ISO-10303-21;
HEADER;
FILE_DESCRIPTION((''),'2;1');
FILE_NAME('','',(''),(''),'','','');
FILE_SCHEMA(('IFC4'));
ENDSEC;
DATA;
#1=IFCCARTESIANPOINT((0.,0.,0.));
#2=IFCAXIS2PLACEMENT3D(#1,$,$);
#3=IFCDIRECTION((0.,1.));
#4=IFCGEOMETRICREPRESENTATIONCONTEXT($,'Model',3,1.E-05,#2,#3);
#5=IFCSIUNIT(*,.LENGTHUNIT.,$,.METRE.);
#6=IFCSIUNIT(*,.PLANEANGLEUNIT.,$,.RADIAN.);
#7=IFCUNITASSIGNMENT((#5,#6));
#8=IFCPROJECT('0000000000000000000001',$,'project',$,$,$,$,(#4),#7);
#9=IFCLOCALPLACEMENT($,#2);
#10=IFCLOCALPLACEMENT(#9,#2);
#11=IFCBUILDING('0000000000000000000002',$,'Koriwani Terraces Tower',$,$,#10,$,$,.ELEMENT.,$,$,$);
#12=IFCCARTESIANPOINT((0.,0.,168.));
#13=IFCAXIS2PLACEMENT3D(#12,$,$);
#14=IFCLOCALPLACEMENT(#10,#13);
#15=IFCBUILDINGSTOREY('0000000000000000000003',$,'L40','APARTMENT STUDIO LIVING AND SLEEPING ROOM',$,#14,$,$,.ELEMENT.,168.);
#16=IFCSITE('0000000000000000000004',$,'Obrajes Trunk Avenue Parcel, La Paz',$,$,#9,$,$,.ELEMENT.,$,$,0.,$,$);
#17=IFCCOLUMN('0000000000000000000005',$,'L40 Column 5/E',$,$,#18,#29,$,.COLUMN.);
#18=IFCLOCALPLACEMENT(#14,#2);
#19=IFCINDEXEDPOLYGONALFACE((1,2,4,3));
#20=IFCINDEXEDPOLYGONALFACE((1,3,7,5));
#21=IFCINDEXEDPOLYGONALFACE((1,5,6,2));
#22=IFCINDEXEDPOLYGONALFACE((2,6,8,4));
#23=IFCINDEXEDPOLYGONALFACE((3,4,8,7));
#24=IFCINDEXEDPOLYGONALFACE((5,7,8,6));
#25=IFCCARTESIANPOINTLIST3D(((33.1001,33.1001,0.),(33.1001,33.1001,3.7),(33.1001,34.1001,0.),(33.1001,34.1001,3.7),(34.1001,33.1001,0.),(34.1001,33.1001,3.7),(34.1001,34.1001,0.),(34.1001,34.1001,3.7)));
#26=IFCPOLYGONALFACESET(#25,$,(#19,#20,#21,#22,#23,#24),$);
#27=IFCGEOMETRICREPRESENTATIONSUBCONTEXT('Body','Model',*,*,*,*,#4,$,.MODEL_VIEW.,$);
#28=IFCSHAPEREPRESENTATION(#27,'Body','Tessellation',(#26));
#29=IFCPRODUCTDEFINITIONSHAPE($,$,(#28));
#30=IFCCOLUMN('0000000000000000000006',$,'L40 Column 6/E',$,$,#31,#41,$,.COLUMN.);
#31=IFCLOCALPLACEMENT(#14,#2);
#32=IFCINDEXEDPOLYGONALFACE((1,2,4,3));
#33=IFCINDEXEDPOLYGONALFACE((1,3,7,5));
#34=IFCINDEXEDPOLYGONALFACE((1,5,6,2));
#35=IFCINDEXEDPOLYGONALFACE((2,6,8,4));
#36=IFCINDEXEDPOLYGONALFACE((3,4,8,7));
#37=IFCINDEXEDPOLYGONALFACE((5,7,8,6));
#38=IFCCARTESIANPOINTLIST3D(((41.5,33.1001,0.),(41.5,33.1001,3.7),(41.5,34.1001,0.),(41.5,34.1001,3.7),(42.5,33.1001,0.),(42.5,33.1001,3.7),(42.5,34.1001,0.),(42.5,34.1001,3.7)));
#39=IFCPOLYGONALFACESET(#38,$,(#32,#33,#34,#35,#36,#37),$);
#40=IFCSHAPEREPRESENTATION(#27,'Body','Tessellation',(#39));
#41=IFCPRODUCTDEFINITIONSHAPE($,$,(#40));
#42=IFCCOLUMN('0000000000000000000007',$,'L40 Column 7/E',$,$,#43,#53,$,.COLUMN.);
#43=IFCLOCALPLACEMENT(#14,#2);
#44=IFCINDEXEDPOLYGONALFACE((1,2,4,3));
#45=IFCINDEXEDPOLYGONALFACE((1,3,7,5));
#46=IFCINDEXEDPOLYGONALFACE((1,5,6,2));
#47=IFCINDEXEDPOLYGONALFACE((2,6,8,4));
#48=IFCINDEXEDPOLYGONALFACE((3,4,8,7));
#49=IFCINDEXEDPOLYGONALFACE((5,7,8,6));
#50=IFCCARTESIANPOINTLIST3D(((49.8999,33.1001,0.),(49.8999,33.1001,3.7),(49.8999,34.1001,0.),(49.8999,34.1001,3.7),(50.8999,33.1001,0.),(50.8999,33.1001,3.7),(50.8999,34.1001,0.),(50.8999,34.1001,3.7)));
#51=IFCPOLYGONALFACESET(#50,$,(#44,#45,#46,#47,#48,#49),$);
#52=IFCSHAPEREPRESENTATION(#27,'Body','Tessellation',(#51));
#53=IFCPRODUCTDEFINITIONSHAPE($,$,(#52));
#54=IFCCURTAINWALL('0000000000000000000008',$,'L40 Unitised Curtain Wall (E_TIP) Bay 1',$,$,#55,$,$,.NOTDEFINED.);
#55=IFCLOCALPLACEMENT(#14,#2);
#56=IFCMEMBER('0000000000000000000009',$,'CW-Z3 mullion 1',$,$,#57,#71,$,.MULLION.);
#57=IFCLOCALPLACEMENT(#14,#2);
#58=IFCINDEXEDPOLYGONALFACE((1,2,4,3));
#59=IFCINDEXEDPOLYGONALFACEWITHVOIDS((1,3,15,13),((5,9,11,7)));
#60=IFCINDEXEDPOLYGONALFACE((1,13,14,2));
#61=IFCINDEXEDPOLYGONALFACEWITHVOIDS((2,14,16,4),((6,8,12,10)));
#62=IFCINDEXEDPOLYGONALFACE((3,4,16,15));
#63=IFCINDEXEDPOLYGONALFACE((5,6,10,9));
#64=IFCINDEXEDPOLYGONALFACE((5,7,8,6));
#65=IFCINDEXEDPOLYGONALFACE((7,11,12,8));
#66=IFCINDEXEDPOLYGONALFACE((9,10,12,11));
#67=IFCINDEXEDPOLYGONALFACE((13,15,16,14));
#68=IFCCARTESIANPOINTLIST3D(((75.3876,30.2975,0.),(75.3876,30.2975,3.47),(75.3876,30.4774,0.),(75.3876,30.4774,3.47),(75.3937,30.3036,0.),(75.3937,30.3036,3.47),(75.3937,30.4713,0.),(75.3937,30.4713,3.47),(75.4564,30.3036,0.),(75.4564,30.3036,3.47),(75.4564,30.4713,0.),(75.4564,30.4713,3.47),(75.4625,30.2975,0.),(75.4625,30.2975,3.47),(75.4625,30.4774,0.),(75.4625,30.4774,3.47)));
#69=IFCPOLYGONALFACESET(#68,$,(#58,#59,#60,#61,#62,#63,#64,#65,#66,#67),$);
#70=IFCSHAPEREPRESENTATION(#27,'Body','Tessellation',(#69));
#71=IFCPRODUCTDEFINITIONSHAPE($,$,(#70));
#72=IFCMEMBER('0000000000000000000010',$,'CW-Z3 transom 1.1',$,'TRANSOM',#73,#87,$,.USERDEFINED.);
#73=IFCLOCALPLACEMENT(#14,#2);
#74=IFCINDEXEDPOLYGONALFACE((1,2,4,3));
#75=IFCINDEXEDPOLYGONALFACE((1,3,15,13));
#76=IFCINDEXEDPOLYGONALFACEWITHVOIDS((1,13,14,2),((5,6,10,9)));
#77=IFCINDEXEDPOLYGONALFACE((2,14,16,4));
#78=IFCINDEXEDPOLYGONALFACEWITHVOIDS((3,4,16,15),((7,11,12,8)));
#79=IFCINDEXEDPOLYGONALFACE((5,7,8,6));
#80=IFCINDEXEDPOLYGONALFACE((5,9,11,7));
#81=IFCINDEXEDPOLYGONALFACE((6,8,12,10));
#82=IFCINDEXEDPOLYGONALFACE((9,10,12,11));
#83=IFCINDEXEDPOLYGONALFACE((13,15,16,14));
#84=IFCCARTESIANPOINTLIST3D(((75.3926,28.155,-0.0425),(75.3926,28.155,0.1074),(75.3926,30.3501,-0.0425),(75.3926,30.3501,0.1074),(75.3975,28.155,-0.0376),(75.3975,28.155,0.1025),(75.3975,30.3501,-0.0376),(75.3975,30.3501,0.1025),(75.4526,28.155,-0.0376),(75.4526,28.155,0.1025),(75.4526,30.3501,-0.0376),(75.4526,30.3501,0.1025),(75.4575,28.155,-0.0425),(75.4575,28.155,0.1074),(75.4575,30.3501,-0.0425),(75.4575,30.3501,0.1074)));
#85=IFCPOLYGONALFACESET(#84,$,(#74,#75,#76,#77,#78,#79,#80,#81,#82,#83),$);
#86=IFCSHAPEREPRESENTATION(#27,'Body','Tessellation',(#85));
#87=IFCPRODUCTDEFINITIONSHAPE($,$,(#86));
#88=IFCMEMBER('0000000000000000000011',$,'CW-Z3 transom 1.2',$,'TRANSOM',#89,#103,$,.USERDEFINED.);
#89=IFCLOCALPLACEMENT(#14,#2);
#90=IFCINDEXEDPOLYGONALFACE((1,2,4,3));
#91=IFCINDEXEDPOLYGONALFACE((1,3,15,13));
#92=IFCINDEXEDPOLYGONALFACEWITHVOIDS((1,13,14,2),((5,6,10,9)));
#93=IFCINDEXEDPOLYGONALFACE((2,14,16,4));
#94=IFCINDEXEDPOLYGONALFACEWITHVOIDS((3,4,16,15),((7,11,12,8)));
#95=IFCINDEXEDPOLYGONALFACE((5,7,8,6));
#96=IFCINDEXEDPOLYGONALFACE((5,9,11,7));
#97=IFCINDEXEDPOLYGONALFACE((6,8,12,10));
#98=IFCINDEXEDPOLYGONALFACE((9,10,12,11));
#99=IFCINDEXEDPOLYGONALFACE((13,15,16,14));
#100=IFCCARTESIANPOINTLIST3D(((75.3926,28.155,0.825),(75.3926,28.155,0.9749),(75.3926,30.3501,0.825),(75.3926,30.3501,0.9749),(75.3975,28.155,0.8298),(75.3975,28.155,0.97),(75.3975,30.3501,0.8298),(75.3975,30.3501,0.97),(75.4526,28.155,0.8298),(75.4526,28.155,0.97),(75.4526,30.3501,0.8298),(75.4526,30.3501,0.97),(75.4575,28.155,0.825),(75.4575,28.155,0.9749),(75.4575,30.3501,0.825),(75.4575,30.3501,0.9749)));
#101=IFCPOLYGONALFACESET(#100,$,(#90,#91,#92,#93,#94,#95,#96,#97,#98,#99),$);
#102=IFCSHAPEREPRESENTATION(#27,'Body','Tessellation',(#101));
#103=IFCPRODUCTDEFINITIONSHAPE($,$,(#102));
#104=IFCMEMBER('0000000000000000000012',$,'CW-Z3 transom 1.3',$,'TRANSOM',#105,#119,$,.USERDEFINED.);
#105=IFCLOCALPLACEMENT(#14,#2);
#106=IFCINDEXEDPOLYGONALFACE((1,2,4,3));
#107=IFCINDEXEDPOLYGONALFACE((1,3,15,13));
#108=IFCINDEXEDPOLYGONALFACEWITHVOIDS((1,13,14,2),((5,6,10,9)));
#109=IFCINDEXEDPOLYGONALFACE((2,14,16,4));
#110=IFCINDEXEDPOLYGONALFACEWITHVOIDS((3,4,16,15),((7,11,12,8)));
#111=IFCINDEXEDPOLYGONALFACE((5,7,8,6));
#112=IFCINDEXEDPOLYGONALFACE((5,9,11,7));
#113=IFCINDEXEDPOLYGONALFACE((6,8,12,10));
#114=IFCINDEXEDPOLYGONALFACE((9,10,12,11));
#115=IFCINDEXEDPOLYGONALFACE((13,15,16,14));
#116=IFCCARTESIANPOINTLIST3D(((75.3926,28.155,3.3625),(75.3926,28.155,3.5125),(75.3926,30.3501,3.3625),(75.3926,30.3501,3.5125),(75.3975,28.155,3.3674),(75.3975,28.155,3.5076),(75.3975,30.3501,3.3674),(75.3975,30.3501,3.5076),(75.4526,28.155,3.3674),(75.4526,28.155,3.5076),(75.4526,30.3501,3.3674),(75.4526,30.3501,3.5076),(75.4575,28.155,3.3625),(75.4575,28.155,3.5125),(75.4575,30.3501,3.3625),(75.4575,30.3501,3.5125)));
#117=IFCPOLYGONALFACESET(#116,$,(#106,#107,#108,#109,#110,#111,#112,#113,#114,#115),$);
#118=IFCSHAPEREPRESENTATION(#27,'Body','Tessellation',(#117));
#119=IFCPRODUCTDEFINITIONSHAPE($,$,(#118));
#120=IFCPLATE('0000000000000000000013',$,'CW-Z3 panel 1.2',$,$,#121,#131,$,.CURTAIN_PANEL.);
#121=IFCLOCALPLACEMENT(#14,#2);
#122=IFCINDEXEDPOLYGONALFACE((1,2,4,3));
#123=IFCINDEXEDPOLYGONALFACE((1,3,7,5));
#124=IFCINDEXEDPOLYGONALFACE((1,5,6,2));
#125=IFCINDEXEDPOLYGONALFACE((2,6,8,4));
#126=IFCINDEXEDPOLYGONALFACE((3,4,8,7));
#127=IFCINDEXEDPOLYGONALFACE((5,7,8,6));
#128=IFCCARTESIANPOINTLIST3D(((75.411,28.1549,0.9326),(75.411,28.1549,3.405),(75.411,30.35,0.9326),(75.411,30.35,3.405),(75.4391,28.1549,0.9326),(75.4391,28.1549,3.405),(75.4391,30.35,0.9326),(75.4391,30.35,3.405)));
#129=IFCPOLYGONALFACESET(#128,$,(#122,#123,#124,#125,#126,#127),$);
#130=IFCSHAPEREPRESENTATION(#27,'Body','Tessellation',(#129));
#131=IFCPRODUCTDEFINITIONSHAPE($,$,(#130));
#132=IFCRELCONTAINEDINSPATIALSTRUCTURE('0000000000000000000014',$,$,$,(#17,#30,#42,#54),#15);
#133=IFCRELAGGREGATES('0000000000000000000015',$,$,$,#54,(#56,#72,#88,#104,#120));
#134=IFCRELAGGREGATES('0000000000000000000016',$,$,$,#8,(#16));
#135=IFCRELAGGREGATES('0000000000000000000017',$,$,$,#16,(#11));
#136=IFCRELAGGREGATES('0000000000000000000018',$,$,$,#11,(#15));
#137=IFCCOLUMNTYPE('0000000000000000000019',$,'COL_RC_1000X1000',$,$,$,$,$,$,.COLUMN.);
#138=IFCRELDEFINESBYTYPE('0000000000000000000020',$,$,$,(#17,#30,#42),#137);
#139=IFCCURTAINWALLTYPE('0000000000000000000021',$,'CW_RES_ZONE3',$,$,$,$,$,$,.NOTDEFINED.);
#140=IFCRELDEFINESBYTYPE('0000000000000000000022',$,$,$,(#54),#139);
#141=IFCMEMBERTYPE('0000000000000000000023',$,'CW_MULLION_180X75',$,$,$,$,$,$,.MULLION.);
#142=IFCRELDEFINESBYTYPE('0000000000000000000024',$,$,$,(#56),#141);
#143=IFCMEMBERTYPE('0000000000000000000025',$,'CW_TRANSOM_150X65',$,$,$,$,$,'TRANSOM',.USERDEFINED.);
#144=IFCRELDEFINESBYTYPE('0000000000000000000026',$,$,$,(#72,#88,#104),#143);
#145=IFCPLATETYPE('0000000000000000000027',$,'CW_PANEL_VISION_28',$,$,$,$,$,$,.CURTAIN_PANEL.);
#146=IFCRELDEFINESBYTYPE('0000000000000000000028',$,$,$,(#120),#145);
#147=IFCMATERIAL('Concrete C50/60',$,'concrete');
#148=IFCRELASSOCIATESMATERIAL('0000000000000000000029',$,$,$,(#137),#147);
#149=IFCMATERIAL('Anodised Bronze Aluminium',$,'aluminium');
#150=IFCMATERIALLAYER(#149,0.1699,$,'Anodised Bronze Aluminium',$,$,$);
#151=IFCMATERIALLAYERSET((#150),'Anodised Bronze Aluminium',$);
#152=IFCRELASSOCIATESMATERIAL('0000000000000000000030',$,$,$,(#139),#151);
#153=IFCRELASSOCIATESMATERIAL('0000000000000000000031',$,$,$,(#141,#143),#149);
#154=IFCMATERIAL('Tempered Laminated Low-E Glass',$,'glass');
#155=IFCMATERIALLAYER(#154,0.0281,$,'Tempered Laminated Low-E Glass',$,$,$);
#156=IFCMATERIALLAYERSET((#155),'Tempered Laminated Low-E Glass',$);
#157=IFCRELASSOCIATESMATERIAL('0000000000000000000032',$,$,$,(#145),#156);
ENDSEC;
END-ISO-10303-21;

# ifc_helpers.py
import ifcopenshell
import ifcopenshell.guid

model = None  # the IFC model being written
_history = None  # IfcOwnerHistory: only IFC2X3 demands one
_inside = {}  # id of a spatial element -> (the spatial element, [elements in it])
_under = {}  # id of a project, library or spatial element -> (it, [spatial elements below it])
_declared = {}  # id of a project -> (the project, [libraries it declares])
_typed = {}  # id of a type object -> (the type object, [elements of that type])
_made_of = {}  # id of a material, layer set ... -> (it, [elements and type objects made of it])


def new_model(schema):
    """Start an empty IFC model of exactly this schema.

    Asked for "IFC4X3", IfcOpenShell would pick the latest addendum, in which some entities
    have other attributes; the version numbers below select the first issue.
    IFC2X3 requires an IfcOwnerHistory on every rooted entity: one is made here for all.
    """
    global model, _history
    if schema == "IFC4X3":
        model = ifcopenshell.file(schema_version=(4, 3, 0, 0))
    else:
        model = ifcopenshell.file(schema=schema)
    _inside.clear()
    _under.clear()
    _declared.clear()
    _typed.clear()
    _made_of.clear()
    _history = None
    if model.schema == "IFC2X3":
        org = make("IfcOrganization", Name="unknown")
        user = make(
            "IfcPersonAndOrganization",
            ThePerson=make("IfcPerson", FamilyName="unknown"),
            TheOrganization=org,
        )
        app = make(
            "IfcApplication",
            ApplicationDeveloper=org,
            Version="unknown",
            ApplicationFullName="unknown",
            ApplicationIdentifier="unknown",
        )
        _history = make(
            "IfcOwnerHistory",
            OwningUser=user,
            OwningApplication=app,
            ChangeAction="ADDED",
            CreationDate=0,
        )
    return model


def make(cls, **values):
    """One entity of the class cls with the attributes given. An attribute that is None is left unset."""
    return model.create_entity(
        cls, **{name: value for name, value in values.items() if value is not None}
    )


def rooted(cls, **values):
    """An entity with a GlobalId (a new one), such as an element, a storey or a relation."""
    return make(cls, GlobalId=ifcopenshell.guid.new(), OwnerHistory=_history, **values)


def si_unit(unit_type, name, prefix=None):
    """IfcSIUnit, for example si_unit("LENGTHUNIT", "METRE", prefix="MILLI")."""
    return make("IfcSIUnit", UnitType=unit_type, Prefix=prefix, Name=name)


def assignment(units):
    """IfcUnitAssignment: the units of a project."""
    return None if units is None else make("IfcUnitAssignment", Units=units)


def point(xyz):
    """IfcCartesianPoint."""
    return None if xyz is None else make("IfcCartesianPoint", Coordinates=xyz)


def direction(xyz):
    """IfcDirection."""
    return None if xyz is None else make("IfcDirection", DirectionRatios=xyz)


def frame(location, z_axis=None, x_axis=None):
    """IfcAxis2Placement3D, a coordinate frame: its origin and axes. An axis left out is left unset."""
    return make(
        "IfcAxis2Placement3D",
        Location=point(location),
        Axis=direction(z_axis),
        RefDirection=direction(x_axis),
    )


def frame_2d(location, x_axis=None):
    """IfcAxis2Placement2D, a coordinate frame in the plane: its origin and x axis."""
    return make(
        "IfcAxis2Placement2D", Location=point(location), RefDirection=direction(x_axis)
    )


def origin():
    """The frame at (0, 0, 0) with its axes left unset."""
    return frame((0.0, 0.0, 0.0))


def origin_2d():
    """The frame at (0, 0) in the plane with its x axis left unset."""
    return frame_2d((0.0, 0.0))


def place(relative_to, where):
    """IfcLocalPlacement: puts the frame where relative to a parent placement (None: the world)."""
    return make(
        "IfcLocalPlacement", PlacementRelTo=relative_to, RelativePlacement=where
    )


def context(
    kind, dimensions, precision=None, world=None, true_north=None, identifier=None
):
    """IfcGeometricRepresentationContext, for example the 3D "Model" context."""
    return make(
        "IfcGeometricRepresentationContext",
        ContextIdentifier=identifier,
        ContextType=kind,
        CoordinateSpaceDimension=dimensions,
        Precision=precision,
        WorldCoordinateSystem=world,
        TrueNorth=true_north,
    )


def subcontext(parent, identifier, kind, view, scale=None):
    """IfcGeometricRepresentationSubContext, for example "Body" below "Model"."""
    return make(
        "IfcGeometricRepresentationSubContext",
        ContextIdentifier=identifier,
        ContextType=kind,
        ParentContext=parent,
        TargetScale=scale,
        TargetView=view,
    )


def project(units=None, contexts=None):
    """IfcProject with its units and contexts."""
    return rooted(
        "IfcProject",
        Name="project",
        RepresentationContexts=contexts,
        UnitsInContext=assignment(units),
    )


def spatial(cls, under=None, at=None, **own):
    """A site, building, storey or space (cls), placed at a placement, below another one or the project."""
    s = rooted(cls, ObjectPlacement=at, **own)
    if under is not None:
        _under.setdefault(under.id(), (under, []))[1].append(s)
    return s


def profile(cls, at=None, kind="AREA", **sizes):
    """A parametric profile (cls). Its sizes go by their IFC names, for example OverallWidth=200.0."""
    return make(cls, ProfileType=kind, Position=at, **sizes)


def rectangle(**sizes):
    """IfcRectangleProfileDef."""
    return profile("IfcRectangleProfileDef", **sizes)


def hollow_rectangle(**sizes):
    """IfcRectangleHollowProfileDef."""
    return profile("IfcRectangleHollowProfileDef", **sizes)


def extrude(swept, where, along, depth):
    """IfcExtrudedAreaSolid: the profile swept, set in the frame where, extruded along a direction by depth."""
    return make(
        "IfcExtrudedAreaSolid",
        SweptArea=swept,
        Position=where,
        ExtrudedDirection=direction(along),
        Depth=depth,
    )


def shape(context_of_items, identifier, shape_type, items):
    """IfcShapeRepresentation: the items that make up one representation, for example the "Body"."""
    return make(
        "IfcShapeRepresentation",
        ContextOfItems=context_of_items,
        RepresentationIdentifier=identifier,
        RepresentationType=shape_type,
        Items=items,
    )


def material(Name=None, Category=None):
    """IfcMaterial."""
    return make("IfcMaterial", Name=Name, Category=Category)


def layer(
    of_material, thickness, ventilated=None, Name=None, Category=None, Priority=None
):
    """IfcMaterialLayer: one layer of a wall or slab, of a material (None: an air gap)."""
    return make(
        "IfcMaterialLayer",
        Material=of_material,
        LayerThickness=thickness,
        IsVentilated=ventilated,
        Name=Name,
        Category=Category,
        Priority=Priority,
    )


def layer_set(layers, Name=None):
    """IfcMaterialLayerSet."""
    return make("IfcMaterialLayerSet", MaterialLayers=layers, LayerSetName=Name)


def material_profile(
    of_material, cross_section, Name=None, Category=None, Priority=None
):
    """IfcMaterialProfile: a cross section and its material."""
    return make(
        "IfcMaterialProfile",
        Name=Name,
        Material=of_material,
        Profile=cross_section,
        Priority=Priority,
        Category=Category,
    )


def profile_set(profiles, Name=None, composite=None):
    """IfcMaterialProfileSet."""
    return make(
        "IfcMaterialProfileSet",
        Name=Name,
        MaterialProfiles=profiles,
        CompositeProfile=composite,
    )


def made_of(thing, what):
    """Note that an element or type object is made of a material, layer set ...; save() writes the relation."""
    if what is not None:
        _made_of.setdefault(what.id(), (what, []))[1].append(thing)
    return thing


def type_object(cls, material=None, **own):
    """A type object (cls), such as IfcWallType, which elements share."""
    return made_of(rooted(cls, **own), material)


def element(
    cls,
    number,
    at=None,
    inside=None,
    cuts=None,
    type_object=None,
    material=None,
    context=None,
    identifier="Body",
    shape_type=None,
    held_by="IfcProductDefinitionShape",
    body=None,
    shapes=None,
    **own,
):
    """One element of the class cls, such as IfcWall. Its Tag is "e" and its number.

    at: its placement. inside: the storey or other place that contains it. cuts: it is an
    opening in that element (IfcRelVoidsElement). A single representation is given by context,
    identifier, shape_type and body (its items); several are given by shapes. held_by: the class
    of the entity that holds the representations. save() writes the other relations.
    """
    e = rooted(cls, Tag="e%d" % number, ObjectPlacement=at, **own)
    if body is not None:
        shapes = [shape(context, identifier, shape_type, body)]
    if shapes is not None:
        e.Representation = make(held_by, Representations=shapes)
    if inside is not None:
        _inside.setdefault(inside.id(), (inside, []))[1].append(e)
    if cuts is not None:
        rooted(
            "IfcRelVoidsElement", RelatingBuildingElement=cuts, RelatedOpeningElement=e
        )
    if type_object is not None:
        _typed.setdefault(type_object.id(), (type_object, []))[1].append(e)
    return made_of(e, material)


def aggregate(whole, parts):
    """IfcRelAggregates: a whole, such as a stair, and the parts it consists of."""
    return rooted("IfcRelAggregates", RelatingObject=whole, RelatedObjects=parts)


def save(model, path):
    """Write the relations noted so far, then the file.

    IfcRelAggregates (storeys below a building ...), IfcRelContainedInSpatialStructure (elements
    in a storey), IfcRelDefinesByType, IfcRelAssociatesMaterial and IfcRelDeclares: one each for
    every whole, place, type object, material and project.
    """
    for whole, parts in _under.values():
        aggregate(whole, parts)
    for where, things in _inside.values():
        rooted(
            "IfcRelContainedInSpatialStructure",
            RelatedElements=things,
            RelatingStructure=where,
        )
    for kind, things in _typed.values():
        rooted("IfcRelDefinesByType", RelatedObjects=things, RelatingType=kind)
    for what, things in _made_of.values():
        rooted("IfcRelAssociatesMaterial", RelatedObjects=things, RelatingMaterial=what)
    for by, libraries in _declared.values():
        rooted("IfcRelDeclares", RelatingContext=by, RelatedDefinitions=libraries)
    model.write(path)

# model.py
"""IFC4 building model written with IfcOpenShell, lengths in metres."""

from ifc_helpers import new_model, si_unit, direction, frame, origin, origin_2d, place, context, subcontext, project, spatial, rectangle, hollow_rectangle, extrude, material, layer, layer_set, material_profile, profile_set, type_object, element, aggregate, save


model = new_model("IFC4")

# Units and contexts
model_context = context("Model", 3, precision=1e-05, world=origin(), true_north=direction((0.0, 1.0)))
body_context = subcontext(model_context, "Body", "Model", "MODEL_VIEW")
ifc_project = project(units=[si_unit("LENGTHUNIT", "METRE"), si_unit("PLANEANGLEUNIT", "RADIAN")], contexts=[model_context])

# Site, building, storey
site_placement = place(None, origin())
site = spatial("IfcSite", under=ifc_project, at=site_placement, Name="Obrajes Trunk Avenue Parcel, La Paz", CompositionType="ELEMENT", RefElevation=0.0)
building_placement = place(site_placement, origin())
building = spatial("IfcBuilding", under=site, at=building_placement, Name="Koriwani Terraces Tower", CompositionType="ELEMENT")
storey_placement = place(building_placement, frame((0.0, 0.0, 168.0)))
storey = spatial("IfcBuildingStorey", under=building, at=storey_placement, Name="L40", Description="APARTMENT STUDIO LIVING AND SLEEPING ROOM", CompositionType="ELEMENT", Elevation=168.0)

# Columns
ifc_material_1 = material(Name="Concrete C50/60", Category="concrete")
ifc_material_profile_1 = material_profile(ifc_material_1, rectangle(XDim=1.0, YDim=1.0, at=origin_2d()), Name="Concrete C50/60", Category="LoadBearing")
ifc_profile_set_1 = profile_set([ifc_material_profile_1], Name="Concrete C50/60")
column_type = type_object("IfcColumnType", Name="COL_RC_1000X1000", PredefinedType="COLUMN", material=ifc_profile_set_1)
for number, where, z_axis, x_axis, name in (
    (1, (33.6001, 33.6001, 0.0), (0.0, 0.0, 1.0), (1.0, 0.0, 0.0), "L40 Column 5/E"),
    (2, (42.0, 33.6001, 0.0), (0.0, 0.0, 1.0), (1.0, 0.0, 0.0), "L40 Column 6/E"),
    (3, (50.3999, 33.6001, 0.0), (0.0, 0.0, 1.0), (1.0, 0.0, 0.0), "L40 Column 7/E"),
):
    element("IfcColumn", number, at=place(storey_placement, frame(where, z_axis=z_axis, x_axis=x_axis)), inside=storey, type_object=column_type, Name=name, PredefinedType="COLUMN", context=body_context, shape_type="SweptSolid", body=[
        extrude(rectangle(XDim=1.0, YDim=1.0, at=origin_2d()), origin(), (0.0, 0.0, 1.0), 3.7),
    ])

# Curtain wall, members, plate
ifc_material_2 = material(Name="Anodised Bronze Aluminium", Category="aluminium")
ifc_layer_1 = layer(ifc_material_2, 0.1699, Name="Anodised Bronze Aluminium")
ifc_layer_set_1 = layer_set([ifc_layer_1], Name="Anodised Bronze Aluminium")
curtain_wall_type = type_object("IfcCurtainWallType", Name="CW_RES_ZONE3", PredefinedType="NOTDEFINED", material=ifc_layer_set_1)
curtain_wall_placement = place(storey_placement, origin())
curtain_wall = element("IfcCurtainWall", 4, at=curtain_wall_placement, inside=storey, type_object=curtain_wall_type, Name="L40 Unitised Curtain Wall (E_TIP) Bay 1", PredefinedType="NOTDEFINED")
ifc_material_profile_2 = material_profile(ifc_material_2, hollow_rectangle(XDim=0.075, YDim=0.1799, WallThickness=0.0061, at=origin_2d()), Name="Anodised Bronze Aluminium", Category="LoadBearing")
ifc_profile_set_2 = profile_set([ifc_material_profile_2], Name="Anodised Bronze Aluminium")
member_type_1 = type_object("IfcMemberType", Name="CW_MULLION_180X75", PredefinedType="MULLION", material=ifc_profile_set_2)
member_1_placement = place(storey_placement, frame((75.425, 30.3875, 0.0), z_axis=(0.0, 0.0, 1.0), x_axis=(1.0, 0.0, 0.0)))
member_1 = element("IfcMember", 5, at=member_1_placement, type_object=member_type_1, Name="CW-Z3 mullion 1", PredefinedType="MULLION", context=body_context, shape_type="SweptSolid", body=[
    extrude(hollow_rectangle(XDim=0.075, YDim=0.1799, WallThickness=0.0061, at=origin_2d()), origin(), (0.0, 0.0, 1.0), 3.47),
])
ifc_material_profile_3 = material_profile(ifc_material_2, hollow_rectangle(XDim=0.0649, YDim=0.1499, WallThickness=0.0049, at=origin_2d()), Name="Anodised Bronze Aluminium", Category="LoadBearing")
ifc_profile_set_3 = profile_set([ifc_material_profile_3], Name="Anodised Bronze Aluminium")
member_type_2 = type_object("IfcMemberType", Name="CW_TRANSOM_150X65", ElementType="TRANSOM", PredefinedType="USERDEFINED", material=ifc_profile_set_3)
member_2_placement = place(storey_placement, frame((75.425, 30.3501, 0.0325), z_axis=(0.0, -1.0, 0.0), x_axis=(1.0, 0.0, 0.0)))
member_2 = element("IfcMember", 6, at=member_2_placement, type_object=member_type_2, Name="CW-Z3 transom 1.1", ObjectType="TRANSOM", PredefinedType="USERDEFINED", context=body_context, shape_type="SweptSolid", body=[
    extrude(hollow_rectangle(XDim=0.0649, YDim=0.1499, WallThickness=0.0049, at=origin_2d()), origin(), (0.0, 0.0, 1.0), 2.1951),
])
member_3_placement = place(storey_placement, frame((75.425, 30.3501, 0.8999), z_axis=(0.0, -1.0, 0.0), x_axis=(1.0, 0.0, 0.0)))
member_3 = element("IfcMember", 7, at=member_3_placement, type_object=member_type_2, Name="CW-Z3 transom 1.2", ObjectType="TRANSOM", PredefinedType="USERDEFINED", context=body_context, shape_type="SweptSolid", body=[
    extrude(hollow_rectangle(XDim=0.0649, YDim=0.1499, WallThickness=0.0049, at=origin_2d()), origin(), (0.0, 0.0, 1.0), 2.1951),
])
member_4_placement = place(storey_placement, frame((75.425, 30.3501, 3.4375), z_axis=(0.0, -1.0, 0.0), x_axis=(1.0, 0.0, 0.0)))
member_4 = element("IfcMember", 8, at=member_4_placement, type_object=member_type_2, Name="CW-Z3 transom 1.3", ObjectType="TRANSOM", PredefinedType="USERDEFINED", context=body_context, shape_type="SweptSolid", body=[
    extrude(hollow_rectangle(XDim=0.0649, YDim=0.1499, WallThickness=0.0049, at=origin_2d()), origin(), (0.0, 0.0, 1.0), 2.1951),
])
ifc_material_3 = material(Name="Tempered Laminated Low-E Glass", Category="glass")
ifc_layer_2 = layer(ifc_material_3, 0.0281, Name="Tempered Laminated Low-E Glass")
ifc_layer_set_2 = layer_set([ifc_layer_2], Name="Tempered Laminated Low-E Glass")
plate_type = type_object("IfcPlateType", Name="CW_PANEL_VISION_28", PredefinedType="CURTAIN_PANEL", material=ifc_layer_set_2)
plate_placement = place(storey_placement, frame((75.425, 29.2524, 0.9326), z_axis=(0.0, 0.0, 1.0), x_axis=(0.0, -1.0, 0.0)))
plate = element("IfcPlate", 9, at=plate_placement, type_object=plate_type, Name="CW-Z3 panel 1.2", PredefinedType="CURTAIN_PANEL", context=body_context, shape_type="SweptSolid", body=[
    extrude(rectangle(XDim=2.1951, YDim=0.0281, at=origin_2d()), origin(), (0.0, 0.0, 1.0), 2.4724),
])
aggregate(curtain_wall, [member_1, member_2, member_3, member_4, plate])

save(model, "model.ifc")
